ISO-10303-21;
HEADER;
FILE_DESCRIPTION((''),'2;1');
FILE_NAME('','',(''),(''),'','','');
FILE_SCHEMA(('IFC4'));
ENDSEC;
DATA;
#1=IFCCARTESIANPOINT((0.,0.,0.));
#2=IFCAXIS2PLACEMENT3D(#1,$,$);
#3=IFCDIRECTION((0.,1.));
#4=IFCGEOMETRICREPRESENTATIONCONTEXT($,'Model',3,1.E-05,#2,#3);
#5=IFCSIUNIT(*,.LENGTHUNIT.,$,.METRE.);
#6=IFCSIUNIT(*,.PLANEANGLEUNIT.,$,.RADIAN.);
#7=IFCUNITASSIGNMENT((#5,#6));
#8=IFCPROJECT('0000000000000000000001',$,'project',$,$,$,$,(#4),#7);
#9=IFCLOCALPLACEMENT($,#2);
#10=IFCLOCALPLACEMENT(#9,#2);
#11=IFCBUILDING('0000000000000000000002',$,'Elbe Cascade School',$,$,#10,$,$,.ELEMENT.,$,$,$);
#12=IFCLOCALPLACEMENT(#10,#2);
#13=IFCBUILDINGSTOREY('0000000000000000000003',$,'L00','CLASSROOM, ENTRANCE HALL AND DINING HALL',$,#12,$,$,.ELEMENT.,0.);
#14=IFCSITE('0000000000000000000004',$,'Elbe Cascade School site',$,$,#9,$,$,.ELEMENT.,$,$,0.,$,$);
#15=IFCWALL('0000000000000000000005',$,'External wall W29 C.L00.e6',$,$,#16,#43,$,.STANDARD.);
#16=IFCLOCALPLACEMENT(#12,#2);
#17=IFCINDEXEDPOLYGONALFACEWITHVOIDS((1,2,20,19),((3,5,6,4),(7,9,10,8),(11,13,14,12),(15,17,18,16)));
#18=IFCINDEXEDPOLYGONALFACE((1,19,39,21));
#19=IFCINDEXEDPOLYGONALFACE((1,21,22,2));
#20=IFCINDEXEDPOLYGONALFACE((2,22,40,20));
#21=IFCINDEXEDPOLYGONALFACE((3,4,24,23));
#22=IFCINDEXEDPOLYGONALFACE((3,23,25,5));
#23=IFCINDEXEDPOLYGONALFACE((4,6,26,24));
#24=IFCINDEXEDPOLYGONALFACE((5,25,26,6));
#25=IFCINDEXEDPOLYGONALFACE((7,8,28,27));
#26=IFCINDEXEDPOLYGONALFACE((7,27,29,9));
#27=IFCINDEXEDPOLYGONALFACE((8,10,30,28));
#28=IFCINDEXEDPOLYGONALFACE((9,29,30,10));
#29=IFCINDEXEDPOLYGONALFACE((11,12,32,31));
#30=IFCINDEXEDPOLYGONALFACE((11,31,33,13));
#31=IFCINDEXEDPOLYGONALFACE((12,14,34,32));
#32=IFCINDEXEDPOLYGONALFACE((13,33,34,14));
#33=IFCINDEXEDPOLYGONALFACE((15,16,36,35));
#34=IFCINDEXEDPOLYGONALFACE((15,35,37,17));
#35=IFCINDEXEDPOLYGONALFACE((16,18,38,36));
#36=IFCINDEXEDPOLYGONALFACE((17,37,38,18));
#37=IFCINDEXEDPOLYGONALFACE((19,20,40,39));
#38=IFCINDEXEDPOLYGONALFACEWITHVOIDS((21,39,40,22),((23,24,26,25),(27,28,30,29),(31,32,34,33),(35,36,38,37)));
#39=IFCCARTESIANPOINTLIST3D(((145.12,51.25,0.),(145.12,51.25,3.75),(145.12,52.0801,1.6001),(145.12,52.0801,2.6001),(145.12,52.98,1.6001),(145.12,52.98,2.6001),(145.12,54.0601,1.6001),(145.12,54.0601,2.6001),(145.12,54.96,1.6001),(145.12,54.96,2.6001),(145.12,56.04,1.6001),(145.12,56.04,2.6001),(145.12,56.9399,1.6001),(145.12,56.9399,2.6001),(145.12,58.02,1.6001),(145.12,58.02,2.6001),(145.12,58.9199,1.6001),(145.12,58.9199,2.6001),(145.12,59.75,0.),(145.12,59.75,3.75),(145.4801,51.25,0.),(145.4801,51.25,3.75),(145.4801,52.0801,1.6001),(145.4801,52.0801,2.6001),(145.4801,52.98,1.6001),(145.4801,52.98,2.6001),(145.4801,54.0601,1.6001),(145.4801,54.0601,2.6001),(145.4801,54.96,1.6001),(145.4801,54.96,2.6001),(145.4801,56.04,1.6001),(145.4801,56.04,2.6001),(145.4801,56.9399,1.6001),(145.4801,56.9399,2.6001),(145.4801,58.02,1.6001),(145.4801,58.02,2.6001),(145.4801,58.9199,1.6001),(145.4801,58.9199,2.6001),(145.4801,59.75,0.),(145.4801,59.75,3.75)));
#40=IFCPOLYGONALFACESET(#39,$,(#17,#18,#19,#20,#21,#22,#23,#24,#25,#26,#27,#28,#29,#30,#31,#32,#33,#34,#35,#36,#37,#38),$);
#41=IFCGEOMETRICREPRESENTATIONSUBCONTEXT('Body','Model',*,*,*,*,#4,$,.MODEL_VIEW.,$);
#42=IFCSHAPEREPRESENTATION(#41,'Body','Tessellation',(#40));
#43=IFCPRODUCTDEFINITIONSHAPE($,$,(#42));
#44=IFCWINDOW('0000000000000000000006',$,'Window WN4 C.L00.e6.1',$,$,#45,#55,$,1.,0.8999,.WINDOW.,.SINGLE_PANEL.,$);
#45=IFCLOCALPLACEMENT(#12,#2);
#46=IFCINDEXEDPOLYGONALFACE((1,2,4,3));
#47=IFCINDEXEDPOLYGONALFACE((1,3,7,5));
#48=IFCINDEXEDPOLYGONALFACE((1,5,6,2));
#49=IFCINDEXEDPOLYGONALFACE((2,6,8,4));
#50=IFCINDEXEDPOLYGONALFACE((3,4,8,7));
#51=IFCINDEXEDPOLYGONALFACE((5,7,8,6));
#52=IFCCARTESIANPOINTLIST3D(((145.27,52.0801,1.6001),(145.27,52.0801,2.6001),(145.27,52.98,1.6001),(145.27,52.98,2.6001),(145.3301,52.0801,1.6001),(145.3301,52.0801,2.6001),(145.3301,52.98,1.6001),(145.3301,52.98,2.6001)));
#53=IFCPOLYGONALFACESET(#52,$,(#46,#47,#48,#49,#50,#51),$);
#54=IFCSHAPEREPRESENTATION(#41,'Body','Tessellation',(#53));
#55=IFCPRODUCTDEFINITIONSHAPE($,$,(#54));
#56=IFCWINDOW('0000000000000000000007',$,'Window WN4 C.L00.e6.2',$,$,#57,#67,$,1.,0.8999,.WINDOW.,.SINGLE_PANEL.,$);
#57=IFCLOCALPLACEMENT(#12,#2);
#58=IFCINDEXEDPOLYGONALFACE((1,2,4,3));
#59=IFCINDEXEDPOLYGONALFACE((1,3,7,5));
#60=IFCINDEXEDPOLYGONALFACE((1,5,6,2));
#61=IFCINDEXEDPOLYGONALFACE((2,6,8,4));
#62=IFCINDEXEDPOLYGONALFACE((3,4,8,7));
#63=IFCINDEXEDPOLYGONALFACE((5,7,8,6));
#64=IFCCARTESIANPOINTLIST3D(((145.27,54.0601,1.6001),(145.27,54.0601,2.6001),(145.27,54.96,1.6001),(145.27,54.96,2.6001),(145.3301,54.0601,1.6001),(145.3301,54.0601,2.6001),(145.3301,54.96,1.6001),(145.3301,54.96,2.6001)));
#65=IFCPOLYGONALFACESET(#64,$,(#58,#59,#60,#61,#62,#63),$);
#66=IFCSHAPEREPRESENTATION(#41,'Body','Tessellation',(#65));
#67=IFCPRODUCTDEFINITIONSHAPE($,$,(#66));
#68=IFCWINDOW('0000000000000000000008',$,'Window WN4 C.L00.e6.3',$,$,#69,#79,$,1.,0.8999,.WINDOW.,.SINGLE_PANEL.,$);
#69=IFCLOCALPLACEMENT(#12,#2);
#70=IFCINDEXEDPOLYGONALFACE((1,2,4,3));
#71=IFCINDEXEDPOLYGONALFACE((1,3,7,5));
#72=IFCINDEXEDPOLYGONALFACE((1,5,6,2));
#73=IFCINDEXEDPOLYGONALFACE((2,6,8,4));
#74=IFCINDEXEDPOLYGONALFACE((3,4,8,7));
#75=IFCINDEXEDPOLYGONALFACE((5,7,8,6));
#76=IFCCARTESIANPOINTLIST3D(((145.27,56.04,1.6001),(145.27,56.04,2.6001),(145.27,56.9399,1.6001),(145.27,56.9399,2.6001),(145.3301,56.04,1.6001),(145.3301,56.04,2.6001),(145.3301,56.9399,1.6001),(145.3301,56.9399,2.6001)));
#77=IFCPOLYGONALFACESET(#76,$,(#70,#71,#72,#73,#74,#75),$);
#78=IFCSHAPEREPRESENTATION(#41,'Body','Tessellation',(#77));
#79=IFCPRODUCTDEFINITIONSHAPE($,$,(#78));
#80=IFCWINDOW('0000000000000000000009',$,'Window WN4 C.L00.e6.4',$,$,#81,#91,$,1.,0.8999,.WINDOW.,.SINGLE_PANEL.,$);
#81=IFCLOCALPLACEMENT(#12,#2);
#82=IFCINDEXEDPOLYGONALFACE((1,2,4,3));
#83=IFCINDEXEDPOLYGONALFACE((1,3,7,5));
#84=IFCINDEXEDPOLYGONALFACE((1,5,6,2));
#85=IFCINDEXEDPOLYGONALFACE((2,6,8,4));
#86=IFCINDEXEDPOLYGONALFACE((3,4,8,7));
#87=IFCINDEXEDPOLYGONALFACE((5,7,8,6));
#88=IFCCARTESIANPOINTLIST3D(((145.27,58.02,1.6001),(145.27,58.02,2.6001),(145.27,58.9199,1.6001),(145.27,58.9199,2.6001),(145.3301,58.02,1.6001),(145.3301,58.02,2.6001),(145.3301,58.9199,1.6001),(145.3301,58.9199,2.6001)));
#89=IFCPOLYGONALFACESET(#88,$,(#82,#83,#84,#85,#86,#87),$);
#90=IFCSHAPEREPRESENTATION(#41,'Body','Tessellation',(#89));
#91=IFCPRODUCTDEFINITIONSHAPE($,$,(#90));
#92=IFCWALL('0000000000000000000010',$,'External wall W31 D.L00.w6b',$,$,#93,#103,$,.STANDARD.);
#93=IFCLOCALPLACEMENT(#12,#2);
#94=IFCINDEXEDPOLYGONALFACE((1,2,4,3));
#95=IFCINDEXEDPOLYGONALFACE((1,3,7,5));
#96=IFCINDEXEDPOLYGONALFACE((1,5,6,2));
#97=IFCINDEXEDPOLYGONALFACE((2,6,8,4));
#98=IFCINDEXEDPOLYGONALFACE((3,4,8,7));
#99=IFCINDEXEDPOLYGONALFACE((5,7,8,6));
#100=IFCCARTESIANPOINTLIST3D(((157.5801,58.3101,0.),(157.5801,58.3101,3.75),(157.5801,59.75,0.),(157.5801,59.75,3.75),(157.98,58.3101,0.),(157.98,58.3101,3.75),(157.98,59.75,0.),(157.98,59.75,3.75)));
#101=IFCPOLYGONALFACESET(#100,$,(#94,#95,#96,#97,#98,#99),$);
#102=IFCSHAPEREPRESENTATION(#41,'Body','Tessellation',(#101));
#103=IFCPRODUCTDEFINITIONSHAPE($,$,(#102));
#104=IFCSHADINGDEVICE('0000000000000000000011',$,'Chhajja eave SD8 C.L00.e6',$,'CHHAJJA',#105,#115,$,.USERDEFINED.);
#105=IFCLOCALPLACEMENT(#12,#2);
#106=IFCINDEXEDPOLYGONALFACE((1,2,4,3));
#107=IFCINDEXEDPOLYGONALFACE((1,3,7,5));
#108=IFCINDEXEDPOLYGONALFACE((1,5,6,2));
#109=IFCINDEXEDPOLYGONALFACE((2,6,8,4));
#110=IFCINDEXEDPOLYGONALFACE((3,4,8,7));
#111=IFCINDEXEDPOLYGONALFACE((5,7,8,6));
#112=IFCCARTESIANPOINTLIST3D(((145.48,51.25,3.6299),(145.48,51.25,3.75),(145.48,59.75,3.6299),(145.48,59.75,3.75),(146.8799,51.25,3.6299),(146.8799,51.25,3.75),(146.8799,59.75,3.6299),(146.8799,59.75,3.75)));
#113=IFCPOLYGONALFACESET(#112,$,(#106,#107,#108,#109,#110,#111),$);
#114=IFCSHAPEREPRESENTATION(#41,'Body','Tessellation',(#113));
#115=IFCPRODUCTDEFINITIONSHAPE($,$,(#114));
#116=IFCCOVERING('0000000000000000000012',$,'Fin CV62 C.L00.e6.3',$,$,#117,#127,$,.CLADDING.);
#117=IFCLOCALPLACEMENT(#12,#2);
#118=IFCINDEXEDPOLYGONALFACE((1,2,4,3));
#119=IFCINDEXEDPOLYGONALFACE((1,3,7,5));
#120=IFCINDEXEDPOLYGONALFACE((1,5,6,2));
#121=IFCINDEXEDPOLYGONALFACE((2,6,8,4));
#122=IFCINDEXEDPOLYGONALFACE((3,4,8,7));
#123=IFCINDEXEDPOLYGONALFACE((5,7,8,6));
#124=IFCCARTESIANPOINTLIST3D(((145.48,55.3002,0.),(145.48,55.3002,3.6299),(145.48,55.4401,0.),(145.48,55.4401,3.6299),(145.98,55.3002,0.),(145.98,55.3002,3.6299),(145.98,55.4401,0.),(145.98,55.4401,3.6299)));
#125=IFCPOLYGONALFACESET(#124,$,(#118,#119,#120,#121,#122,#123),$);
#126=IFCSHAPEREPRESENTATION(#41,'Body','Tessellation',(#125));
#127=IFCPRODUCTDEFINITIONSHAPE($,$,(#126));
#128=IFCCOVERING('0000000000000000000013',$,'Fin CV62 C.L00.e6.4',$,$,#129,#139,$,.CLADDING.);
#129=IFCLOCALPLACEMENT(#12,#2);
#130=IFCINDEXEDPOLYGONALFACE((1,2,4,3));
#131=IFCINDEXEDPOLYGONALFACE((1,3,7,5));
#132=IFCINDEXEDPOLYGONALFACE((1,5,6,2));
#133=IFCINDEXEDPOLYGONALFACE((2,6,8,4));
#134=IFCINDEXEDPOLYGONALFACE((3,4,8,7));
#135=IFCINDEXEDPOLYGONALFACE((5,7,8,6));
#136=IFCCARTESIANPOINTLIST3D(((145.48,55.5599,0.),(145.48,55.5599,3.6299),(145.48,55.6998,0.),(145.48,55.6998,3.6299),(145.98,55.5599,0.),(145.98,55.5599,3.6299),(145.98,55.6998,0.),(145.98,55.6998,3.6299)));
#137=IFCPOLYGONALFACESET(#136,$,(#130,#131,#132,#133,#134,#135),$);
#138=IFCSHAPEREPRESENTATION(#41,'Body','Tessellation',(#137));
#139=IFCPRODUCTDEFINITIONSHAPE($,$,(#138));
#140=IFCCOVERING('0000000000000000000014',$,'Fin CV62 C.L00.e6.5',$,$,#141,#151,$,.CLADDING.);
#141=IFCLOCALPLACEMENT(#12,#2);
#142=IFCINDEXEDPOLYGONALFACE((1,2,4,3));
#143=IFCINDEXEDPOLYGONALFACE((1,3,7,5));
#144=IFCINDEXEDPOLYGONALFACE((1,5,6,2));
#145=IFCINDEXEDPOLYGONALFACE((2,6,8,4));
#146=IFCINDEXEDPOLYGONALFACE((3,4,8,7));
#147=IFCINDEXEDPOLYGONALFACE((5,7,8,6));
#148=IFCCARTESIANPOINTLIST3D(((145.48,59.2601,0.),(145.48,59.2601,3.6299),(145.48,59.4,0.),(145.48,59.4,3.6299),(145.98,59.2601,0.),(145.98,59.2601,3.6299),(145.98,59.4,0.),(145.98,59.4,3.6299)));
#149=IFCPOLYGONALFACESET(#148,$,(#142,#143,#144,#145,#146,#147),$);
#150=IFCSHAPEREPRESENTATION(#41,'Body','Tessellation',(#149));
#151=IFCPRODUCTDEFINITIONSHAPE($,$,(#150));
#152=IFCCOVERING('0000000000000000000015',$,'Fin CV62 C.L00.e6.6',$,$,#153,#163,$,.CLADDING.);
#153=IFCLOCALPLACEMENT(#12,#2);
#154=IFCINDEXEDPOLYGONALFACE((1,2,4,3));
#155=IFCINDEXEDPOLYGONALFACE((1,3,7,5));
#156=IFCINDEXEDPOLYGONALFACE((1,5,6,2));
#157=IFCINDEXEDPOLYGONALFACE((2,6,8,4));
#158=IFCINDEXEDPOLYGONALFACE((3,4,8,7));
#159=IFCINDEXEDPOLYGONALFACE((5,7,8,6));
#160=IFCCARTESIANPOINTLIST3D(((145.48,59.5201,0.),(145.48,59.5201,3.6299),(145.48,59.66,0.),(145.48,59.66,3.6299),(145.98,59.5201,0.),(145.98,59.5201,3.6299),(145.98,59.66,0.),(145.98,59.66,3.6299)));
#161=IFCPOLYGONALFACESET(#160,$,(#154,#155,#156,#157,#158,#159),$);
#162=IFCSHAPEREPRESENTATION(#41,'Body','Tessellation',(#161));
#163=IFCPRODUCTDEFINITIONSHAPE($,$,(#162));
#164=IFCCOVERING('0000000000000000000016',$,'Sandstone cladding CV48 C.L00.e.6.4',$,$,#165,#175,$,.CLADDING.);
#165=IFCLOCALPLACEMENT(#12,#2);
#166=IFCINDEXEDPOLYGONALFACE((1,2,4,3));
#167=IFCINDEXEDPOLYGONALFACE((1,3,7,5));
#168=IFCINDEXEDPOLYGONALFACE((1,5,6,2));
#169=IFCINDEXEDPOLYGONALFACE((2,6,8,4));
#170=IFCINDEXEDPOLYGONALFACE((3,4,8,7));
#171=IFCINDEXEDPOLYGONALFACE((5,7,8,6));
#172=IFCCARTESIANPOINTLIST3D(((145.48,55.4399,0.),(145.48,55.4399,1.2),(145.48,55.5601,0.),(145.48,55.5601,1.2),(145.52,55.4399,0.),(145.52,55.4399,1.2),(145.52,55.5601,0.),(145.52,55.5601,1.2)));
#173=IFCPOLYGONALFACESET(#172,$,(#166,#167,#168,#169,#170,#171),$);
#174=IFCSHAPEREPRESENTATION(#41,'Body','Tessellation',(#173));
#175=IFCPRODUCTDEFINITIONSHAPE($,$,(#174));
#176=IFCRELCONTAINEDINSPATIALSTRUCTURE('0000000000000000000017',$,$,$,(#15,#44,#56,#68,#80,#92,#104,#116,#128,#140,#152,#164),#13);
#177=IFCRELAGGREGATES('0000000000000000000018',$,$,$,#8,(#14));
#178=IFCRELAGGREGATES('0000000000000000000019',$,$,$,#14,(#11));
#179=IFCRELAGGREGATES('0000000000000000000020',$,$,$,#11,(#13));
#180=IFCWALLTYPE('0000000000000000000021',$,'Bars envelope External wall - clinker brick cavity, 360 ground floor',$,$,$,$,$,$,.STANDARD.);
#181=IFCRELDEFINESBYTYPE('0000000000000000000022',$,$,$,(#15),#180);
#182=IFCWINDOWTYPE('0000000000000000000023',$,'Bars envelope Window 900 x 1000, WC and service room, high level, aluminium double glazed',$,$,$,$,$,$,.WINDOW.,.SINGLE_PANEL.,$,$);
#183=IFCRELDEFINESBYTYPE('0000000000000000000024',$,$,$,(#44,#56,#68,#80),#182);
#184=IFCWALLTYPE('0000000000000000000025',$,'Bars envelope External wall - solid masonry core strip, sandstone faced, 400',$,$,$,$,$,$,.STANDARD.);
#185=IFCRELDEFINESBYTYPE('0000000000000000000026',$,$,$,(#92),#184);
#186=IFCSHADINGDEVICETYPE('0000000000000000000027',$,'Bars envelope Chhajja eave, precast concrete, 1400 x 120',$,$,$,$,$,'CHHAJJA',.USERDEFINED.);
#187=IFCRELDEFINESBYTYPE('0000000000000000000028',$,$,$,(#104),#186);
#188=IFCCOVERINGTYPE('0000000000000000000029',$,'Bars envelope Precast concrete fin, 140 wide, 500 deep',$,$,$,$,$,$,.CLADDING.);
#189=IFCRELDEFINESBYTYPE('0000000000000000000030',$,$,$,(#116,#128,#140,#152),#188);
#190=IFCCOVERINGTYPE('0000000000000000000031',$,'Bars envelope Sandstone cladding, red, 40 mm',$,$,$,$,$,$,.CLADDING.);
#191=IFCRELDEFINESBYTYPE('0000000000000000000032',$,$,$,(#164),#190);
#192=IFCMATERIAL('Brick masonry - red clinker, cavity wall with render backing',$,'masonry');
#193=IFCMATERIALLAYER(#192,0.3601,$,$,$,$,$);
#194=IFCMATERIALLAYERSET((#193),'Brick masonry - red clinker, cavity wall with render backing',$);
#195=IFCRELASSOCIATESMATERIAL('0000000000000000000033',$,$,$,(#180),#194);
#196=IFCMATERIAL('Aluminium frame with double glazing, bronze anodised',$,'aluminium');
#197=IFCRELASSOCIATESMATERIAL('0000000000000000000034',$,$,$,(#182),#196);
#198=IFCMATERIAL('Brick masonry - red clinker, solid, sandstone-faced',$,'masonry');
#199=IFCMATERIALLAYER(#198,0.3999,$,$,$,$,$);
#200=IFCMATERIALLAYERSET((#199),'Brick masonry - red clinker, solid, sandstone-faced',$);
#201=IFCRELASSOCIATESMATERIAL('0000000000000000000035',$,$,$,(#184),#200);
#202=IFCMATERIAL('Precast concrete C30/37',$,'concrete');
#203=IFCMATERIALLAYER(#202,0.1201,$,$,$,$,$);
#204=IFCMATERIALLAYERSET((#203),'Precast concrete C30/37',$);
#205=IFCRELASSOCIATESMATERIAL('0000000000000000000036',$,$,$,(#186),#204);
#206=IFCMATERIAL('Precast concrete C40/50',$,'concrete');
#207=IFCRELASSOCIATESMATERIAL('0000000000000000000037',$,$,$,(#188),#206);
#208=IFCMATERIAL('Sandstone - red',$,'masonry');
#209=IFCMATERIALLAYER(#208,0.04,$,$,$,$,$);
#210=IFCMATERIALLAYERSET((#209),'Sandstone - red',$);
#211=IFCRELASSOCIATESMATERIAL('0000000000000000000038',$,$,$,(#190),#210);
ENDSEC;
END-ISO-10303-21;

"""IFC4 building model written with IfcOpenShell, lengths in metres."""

from ifc_helpers import new_model, si_unit, direction, frame, frame_2d, origin, origin_2d, place, context, subcontext, project, spatial, rectangle, extrude, material, layer, layer_set, type_object, element, fill, save


model = new_model("IFC4")

# Units and contexts
model_context = context("Model", 3, precision=1e-05, world=origin(), true_north=direction((0.0, 1.0)))
body_context = subcontext(model_context, "Body", "Model", "MODEL_VIEW")
ifc_project = project(units=[si_unit("LENGTHUNIT", "METRE"), si_unit("PLANEANGLEUNIT", "RADIAN")], contexts=[model_context])

# Site, building, storey
site_placement = place(None, origin())
site = spatial("IfcSite", under=ifc_project, at=site_placement, Name="Elbe Cascade School site", CompositionType="ELEMENT", RefElevation=0.0)
building_placement = place(site_placement, origin())
building = spatial("IfcBuilding", under=site, at=building_placement, Name="Elbe Cascade School", CompositionType="ELEMENT")
storey_placement = place(building_placement, origin())
storey = spatial("IfcBuildingStorey", under=building, at=storey_placement, Name="L00", Description="CLASSROOM, ENTRANCE HALL AND DINING HALL", CompositionType="ELEMENT", Elevation=0.0)

# Wall, openings, windows
ifc_material_1 = material(Name="Brick masonry - red clinker, cavity wall with render backing", Category="masonry")
ifc_layer_1 = layer(ifc_material_1, 0.3601)
ifc_layer_set_1 = layer_set([ifc_layer_1], Name="Brick masonry - red clinker, cavity wall with render backing")
wall_type_1 = type_object("IfcWallType", Name="Bars envelope External wall - clinker brick cavity, 360 ground floor", PredefinedType="STANDARD", material=ifc_layer_set_1)
wall_1_placement = place(storey_placement, frame((145.3, 59.75, 0.0), z_axis=(0.0, 0.0, 1.0), x_axis=(0.0, -1.0, 0.0)))
wall_1 = element("IfcWall", 1, at=wall_1_placement, inside=storey, type_object=wall_type_1, Name="External wall W29 C.L00.e6", PredefinedType="STANDARD", context=body_context, shape_type="SweptSolid", body=[
    extrude(rectangle(XDim=8.5, YDim=0.3601, at=frame_2d((4.25, 0.0))), origin(), (0.0, 0.0, 1.0), 3.75),
])
opening_1_placement = place(wall_1_placement, frame((6.77, 0.0, 1.6001)))
opening_1 = element("IfcOpeningElement", 2, at=opening_1_placement, cuts=wall_1, PredefinedType="OPENING", context=body_context, shape_type="SweptSolid", body=[
    extrude(rectangle(XDim=0.8999, YDim=1.0, at=frame_2d((0.45, 0.5))), frame((0.0, 0.1899, 0.0), z_axis=(0.0, -1.0, 0.0), x_axis=(1.0, 0.0, 0.0)), (0.0, 0.0, 1.0), 0.3801),
])
opening_2_placement = place(wall_1_placement, frame((4.79, 0.0, 1.6001)))
opening_2 = element("IfcOpeningElement", 3, at=opening_2_placement, cuts=wall_1, PredefinedType="OPENING", context=body_context, shape_type="SweptSolid", body=[
    extrude(rectangle(XDim=0.8999, YDim=1.0, at=frame_2d((0.45, 0.5))), frame((0.0, 0.1899, 0.0), z_axis=(0.0, -1.0, 0.0), x_axis=(1.0, 0.0, 0.0)), (0.0, 0.0, 1.0), 0.3801),
])
opening_3_placement = place(wall_1_placement, frame((2.8101, 0.0, 1.6001)))
opening_3 = element("IfcOpeningElement", 4, at=opening_3_placement, cuts=wall_1, PredefinedType="OPENING", context=body_context, shape_type="SweptSolid", body=[
    extrude(rectangle(XDim=0.8999, YDim=1.0, at=frame_2d((0.45, 0.5))), frame((0.0, 0.1899, 0.0), z_axis=(0.0, -1.0, 0.0), x_axis=(1.0, 0.0, 0.0)), (0.0, 0.0, 1.0), 0.3801),
])
opening_4_placement = place(wall_1_placement, frame((0.8301, 0.0, 1.6001)))
opening_4 = element("IfcOpeningElement", 5, at=opening_4_placement, cuts=wall_1, PredefinedType="OPENING", context=body_context, shape_type="SweptSolid", body=[
    extrude(rectangle(XDim=0.8999, YDim=1.0, at=frame_2d((0.45, 0.5))), frame((0.0, 0.1899, 0.0), z_axis=(0.0, -1.0, 0.0), x_axis=(1.0, 0.0, 0.0)), (0.0, 0.0, 1.0), 0.3801),
])
ifc_material_2 = material(Name="Aluminium frame with double glazing, bronze anodised", Category="aluminium")
window_type = type_object("IfcWindowType", Name="Bars envelope Window 900 x 1000, WC and service room, high level, aluminium double glazed", PartitioningType="SINGLE_PANEL", PredefinedType="WINDOW", material=ifc_material_2)
window_1_placement = place(opening_1_placement, origin())
window_1 = element("IfcWindow", 6, at=window_1_placement, inside=storey, type_object=window_type, Name="Window WN4 C.L00.e6.1", OverallHeight=1.0, OverallWidth=0.8999, PartitioningType="SINGLE_PANEL", PredefinedType="WINDOW", context=body_context, shape_type="SweptSolid", body=[
    extrude(rectangle(XDim=0.8999, YDim=1.0, at=frame_2d((0.45, 0.5))), frame((0.0, 0.03, 0.0), z_axis=(0.0, -1.0, 0.0), x_axis=(1.0, 0.0, 0.0)), (0.0, 0.0, 1.0), 0.0601),
])
fill(opening_1, window_1)
window_2_placement = place(opening_2_placement, origin())
window_2 = element("IfcWindow", 7, at=window_2_placement, inside=storey, type_object=window_type, Name="Window WN4 C.L00.e6.2", OverallHeight=1.0, OverallWidth=0.8999, PartitioningType="SINGLE_PANEL", PredefinedType="WINDOW", context=body_context, shape_type="SweptSolid", body=[
    extrude(rectangle(XDim=0.8999, YDim=1.0, at=frame_2d((0.45, 0.5))), frame((0.0, 0.03, 0.0), z_axis=(0.0, -1.0, 0.0), x_axis=(1.0, 0.0, 0.0)), (0.0, 0.0, 1.0), 0.0601),
])
fill(opening_2, window_2)
window_3_placement = place(opening_3_placement, origin())
window_3 = element("IfcWindow", 8, at=window_3_placement, inside=storey, type_object=window_type, Name="Window WN4 C.L00.e6.3", OverallHeight=1.0, OverallWidth=0.8999, PartitioningType="SINGLE_PANEL", PredefinedType="WINDOW", context=body_context, shape_type="SweptSolid", body=[
    extrude(rectangle(XDim=0.8999, YDim=1.0, at=frame_2d((0.45, 0.5))), frame((0.0, 0.03, 0.0), z_axis=(0.0, -1.0, 0.0), x_axis=(1.0, 0.0, 0.0)), (0.0, 0.0, 1.0), 0.0601),
])
fill(opening_3, window_3)
window_4_placement = place(opening_4_placement, origin())
window_4 = element("IfcWindow", 9, at=window_4_placement, inside=storey, type_object=window_type, Name="Window WN4 C.L00.e6.4", OverallHeight=1.0, OverallWidth=0.8999, PartitioningType="SINGLE_PANEL", PredefinedType="WINDOW", context=body_context, shape_type="SweptSolid", body=[
    extrude(rectangle(XDim=0.8999, YDim=1.0, at=frame_2d((0.45, 0.5))), frame((0.0, 0.03, 0.0), z_axis=(0.0, -1.0, 0.0), x_axis=(1.0, 0.0, 0.0)), (0.0, 0.0, 1.0), 0.0601),
])
fill(opening_4, window_4)

# Wall
ifc_material_3 = material(Name="Brick masonry - red clinker, solid, sandstone-faced", Category="masonry")
ifc_layer_2 = layer(ifc_material_3, 0.3999)
ifc_layer_set_2 = layer_set([ifc_layer_2], Name="Brick masonry - red clinker, solid, sandstone-faced")
wall_type_2 = type_object("IfcWallType", Name="Bars envelope External wall - solid masonry core strip, sandstone faced, 400", PredefinedType="STANDARD", material=ifc_layer_set_2)
wall_2_placement = place(storey_placement, frame((157.78, 58.3101, 0.0), z_axis=(0.0, 0.0, 1.0), x_axis=(0.0, 1.0, 0.0)))
element("IfcWall", 10, at=wall_2_placement, inside=storey, type_object=wall_type_2, Name="External wall W31 D.L00.w6b", PredefinedType="STANDARD", context=body_context, shape_type="SweptSolid", body=[
    extrude(rectangle(XDim=1.4399, YDim=0.3999, at=frame_2d((0.72, 0.0))), origin(), (0.0, 0.0, 1.0), 3.75),
])

# Shading device
ifc_material_4 = material(Name="Precast concrete C30/37", Category="concrete")
ifc_layer_3 = layer(ifc_material_4, 0.1201)
ifc_layer_set_3 = layer_set([ifc_layer_3], Name="Precast concrete C30/37")
shading_device_type = type_object("IfcShadingDeviceType", Name="Bars envelope Chhajja eave, precast concrete, 1400 x 120", ElementType="CHHAJJA", PredefinedType="USERDEFINED", material=ifc_layer_set_3)
shading_device_placement = place(storey_placement, frame((146.1799, 55.5, 3.6299), z_axis=(0.0, 0.0, 1.0), x_axis=(0.0, 1.0, 0.0)))
element("IfcShadingDevice", 11, at=shading_device_placement, inside=storey, type_object=shading_device_type, Name="Chhajja eave SD8 C.L00.e6", ObjectType="CHHAJJA", PredefinedType="USERDEFINED", context=body_context, shape_type="SweptSolid", body=[
    extrude(rectangle(XDim=8.5, YDim=1.3999, at=origin_2d()), origin(), (0.0, 0.0, 1.0), 0.1201),
])

# Coverings
ifc_material_5 = material(Name="Precast concrete C40/50", Category="concrete")
covering_type_1 = type_object("IfcCoveringType", Name="Bars envelope Precast concrete fin, 140 wide, 500 deep", PredefinedType="CLADDING", material=ifc_material_5)
for number, where, z_axis, x_axis, name in (
    (12, (145.73, 55.3701, 0.0), (0.0, 0.0, 1.0), (0.0, 1.0, 0.0), "Fin CV62 C.L00.e6.3"),
    (13, (145.73, 55.6299, 0.0), (0.0, 0.0, 1.0), (0.0, 1.0, 0.0), "Fin CV62 C.L00.e6.4"),
    (14, (145.73, 59.3301, 0.0), (0.0, 0.0, 1.0), (0.0, 1.0, 0.0), "Fin CV62 C.L00.e6.5"),
    (15, (145.73, 59.5901, 0.0), (0.0, 0.0, 1.0), (0.0, 1.0, 0.0), "Fin CV62 C.L00.e6.6"),
):
    element("IfcCovering", number, at=place(storey_placement, frame(where, z_axis=z_axis, x_axis=x_axis)), inside=storey, type_object=covering_type_1, Name=name, PredefinedType="CLADDING", context=body_context, shape_type="SweptSolid", body=[
        extrude(rectangle(XDim=0.1399, YDim=0.5, at=origin_2d()), origin(), (0.0, 0.0, 1.0), 3.6299),
    ])
ifc_material_6 = material(Name="Sandstone - red", Category="masonry")
ifc_layer_4 = layer(ifc_material_6, 0.04)
ifc_layer_set_4 = layer_set([ifc_layer_4], Name="Sandstone - red")
covering_type_2 = type_object("IfcCoveringType", Name="Bars envelope Sandstone cladding, red, 40 mm", PredefinedType="CLADDING", material=ifc_layer_set_4)
covering_1_placement = place(storey_placement, frame((145.5, 55.5, 0.0), z_axis=(0.0, 0.0, 1.0), x_axis=(0.0, 1.0, 0.0)))
element("IfcCovering", 16, at=covering_1_placement, inside=storey, type_object=covering_type_2, Name="Sandstone cladding CV48 C.L00.e.6.4", PredefinedType="CLADDING", context=body_context, shape_type="SweptSolid", body=[
    extrude(rectangle(XDim=0.1201, YDim=0.04, at=origin_2d()), origin(), (0.0, 0.0, 1.0), 1.2),
])

save(model, "model.ifc")
